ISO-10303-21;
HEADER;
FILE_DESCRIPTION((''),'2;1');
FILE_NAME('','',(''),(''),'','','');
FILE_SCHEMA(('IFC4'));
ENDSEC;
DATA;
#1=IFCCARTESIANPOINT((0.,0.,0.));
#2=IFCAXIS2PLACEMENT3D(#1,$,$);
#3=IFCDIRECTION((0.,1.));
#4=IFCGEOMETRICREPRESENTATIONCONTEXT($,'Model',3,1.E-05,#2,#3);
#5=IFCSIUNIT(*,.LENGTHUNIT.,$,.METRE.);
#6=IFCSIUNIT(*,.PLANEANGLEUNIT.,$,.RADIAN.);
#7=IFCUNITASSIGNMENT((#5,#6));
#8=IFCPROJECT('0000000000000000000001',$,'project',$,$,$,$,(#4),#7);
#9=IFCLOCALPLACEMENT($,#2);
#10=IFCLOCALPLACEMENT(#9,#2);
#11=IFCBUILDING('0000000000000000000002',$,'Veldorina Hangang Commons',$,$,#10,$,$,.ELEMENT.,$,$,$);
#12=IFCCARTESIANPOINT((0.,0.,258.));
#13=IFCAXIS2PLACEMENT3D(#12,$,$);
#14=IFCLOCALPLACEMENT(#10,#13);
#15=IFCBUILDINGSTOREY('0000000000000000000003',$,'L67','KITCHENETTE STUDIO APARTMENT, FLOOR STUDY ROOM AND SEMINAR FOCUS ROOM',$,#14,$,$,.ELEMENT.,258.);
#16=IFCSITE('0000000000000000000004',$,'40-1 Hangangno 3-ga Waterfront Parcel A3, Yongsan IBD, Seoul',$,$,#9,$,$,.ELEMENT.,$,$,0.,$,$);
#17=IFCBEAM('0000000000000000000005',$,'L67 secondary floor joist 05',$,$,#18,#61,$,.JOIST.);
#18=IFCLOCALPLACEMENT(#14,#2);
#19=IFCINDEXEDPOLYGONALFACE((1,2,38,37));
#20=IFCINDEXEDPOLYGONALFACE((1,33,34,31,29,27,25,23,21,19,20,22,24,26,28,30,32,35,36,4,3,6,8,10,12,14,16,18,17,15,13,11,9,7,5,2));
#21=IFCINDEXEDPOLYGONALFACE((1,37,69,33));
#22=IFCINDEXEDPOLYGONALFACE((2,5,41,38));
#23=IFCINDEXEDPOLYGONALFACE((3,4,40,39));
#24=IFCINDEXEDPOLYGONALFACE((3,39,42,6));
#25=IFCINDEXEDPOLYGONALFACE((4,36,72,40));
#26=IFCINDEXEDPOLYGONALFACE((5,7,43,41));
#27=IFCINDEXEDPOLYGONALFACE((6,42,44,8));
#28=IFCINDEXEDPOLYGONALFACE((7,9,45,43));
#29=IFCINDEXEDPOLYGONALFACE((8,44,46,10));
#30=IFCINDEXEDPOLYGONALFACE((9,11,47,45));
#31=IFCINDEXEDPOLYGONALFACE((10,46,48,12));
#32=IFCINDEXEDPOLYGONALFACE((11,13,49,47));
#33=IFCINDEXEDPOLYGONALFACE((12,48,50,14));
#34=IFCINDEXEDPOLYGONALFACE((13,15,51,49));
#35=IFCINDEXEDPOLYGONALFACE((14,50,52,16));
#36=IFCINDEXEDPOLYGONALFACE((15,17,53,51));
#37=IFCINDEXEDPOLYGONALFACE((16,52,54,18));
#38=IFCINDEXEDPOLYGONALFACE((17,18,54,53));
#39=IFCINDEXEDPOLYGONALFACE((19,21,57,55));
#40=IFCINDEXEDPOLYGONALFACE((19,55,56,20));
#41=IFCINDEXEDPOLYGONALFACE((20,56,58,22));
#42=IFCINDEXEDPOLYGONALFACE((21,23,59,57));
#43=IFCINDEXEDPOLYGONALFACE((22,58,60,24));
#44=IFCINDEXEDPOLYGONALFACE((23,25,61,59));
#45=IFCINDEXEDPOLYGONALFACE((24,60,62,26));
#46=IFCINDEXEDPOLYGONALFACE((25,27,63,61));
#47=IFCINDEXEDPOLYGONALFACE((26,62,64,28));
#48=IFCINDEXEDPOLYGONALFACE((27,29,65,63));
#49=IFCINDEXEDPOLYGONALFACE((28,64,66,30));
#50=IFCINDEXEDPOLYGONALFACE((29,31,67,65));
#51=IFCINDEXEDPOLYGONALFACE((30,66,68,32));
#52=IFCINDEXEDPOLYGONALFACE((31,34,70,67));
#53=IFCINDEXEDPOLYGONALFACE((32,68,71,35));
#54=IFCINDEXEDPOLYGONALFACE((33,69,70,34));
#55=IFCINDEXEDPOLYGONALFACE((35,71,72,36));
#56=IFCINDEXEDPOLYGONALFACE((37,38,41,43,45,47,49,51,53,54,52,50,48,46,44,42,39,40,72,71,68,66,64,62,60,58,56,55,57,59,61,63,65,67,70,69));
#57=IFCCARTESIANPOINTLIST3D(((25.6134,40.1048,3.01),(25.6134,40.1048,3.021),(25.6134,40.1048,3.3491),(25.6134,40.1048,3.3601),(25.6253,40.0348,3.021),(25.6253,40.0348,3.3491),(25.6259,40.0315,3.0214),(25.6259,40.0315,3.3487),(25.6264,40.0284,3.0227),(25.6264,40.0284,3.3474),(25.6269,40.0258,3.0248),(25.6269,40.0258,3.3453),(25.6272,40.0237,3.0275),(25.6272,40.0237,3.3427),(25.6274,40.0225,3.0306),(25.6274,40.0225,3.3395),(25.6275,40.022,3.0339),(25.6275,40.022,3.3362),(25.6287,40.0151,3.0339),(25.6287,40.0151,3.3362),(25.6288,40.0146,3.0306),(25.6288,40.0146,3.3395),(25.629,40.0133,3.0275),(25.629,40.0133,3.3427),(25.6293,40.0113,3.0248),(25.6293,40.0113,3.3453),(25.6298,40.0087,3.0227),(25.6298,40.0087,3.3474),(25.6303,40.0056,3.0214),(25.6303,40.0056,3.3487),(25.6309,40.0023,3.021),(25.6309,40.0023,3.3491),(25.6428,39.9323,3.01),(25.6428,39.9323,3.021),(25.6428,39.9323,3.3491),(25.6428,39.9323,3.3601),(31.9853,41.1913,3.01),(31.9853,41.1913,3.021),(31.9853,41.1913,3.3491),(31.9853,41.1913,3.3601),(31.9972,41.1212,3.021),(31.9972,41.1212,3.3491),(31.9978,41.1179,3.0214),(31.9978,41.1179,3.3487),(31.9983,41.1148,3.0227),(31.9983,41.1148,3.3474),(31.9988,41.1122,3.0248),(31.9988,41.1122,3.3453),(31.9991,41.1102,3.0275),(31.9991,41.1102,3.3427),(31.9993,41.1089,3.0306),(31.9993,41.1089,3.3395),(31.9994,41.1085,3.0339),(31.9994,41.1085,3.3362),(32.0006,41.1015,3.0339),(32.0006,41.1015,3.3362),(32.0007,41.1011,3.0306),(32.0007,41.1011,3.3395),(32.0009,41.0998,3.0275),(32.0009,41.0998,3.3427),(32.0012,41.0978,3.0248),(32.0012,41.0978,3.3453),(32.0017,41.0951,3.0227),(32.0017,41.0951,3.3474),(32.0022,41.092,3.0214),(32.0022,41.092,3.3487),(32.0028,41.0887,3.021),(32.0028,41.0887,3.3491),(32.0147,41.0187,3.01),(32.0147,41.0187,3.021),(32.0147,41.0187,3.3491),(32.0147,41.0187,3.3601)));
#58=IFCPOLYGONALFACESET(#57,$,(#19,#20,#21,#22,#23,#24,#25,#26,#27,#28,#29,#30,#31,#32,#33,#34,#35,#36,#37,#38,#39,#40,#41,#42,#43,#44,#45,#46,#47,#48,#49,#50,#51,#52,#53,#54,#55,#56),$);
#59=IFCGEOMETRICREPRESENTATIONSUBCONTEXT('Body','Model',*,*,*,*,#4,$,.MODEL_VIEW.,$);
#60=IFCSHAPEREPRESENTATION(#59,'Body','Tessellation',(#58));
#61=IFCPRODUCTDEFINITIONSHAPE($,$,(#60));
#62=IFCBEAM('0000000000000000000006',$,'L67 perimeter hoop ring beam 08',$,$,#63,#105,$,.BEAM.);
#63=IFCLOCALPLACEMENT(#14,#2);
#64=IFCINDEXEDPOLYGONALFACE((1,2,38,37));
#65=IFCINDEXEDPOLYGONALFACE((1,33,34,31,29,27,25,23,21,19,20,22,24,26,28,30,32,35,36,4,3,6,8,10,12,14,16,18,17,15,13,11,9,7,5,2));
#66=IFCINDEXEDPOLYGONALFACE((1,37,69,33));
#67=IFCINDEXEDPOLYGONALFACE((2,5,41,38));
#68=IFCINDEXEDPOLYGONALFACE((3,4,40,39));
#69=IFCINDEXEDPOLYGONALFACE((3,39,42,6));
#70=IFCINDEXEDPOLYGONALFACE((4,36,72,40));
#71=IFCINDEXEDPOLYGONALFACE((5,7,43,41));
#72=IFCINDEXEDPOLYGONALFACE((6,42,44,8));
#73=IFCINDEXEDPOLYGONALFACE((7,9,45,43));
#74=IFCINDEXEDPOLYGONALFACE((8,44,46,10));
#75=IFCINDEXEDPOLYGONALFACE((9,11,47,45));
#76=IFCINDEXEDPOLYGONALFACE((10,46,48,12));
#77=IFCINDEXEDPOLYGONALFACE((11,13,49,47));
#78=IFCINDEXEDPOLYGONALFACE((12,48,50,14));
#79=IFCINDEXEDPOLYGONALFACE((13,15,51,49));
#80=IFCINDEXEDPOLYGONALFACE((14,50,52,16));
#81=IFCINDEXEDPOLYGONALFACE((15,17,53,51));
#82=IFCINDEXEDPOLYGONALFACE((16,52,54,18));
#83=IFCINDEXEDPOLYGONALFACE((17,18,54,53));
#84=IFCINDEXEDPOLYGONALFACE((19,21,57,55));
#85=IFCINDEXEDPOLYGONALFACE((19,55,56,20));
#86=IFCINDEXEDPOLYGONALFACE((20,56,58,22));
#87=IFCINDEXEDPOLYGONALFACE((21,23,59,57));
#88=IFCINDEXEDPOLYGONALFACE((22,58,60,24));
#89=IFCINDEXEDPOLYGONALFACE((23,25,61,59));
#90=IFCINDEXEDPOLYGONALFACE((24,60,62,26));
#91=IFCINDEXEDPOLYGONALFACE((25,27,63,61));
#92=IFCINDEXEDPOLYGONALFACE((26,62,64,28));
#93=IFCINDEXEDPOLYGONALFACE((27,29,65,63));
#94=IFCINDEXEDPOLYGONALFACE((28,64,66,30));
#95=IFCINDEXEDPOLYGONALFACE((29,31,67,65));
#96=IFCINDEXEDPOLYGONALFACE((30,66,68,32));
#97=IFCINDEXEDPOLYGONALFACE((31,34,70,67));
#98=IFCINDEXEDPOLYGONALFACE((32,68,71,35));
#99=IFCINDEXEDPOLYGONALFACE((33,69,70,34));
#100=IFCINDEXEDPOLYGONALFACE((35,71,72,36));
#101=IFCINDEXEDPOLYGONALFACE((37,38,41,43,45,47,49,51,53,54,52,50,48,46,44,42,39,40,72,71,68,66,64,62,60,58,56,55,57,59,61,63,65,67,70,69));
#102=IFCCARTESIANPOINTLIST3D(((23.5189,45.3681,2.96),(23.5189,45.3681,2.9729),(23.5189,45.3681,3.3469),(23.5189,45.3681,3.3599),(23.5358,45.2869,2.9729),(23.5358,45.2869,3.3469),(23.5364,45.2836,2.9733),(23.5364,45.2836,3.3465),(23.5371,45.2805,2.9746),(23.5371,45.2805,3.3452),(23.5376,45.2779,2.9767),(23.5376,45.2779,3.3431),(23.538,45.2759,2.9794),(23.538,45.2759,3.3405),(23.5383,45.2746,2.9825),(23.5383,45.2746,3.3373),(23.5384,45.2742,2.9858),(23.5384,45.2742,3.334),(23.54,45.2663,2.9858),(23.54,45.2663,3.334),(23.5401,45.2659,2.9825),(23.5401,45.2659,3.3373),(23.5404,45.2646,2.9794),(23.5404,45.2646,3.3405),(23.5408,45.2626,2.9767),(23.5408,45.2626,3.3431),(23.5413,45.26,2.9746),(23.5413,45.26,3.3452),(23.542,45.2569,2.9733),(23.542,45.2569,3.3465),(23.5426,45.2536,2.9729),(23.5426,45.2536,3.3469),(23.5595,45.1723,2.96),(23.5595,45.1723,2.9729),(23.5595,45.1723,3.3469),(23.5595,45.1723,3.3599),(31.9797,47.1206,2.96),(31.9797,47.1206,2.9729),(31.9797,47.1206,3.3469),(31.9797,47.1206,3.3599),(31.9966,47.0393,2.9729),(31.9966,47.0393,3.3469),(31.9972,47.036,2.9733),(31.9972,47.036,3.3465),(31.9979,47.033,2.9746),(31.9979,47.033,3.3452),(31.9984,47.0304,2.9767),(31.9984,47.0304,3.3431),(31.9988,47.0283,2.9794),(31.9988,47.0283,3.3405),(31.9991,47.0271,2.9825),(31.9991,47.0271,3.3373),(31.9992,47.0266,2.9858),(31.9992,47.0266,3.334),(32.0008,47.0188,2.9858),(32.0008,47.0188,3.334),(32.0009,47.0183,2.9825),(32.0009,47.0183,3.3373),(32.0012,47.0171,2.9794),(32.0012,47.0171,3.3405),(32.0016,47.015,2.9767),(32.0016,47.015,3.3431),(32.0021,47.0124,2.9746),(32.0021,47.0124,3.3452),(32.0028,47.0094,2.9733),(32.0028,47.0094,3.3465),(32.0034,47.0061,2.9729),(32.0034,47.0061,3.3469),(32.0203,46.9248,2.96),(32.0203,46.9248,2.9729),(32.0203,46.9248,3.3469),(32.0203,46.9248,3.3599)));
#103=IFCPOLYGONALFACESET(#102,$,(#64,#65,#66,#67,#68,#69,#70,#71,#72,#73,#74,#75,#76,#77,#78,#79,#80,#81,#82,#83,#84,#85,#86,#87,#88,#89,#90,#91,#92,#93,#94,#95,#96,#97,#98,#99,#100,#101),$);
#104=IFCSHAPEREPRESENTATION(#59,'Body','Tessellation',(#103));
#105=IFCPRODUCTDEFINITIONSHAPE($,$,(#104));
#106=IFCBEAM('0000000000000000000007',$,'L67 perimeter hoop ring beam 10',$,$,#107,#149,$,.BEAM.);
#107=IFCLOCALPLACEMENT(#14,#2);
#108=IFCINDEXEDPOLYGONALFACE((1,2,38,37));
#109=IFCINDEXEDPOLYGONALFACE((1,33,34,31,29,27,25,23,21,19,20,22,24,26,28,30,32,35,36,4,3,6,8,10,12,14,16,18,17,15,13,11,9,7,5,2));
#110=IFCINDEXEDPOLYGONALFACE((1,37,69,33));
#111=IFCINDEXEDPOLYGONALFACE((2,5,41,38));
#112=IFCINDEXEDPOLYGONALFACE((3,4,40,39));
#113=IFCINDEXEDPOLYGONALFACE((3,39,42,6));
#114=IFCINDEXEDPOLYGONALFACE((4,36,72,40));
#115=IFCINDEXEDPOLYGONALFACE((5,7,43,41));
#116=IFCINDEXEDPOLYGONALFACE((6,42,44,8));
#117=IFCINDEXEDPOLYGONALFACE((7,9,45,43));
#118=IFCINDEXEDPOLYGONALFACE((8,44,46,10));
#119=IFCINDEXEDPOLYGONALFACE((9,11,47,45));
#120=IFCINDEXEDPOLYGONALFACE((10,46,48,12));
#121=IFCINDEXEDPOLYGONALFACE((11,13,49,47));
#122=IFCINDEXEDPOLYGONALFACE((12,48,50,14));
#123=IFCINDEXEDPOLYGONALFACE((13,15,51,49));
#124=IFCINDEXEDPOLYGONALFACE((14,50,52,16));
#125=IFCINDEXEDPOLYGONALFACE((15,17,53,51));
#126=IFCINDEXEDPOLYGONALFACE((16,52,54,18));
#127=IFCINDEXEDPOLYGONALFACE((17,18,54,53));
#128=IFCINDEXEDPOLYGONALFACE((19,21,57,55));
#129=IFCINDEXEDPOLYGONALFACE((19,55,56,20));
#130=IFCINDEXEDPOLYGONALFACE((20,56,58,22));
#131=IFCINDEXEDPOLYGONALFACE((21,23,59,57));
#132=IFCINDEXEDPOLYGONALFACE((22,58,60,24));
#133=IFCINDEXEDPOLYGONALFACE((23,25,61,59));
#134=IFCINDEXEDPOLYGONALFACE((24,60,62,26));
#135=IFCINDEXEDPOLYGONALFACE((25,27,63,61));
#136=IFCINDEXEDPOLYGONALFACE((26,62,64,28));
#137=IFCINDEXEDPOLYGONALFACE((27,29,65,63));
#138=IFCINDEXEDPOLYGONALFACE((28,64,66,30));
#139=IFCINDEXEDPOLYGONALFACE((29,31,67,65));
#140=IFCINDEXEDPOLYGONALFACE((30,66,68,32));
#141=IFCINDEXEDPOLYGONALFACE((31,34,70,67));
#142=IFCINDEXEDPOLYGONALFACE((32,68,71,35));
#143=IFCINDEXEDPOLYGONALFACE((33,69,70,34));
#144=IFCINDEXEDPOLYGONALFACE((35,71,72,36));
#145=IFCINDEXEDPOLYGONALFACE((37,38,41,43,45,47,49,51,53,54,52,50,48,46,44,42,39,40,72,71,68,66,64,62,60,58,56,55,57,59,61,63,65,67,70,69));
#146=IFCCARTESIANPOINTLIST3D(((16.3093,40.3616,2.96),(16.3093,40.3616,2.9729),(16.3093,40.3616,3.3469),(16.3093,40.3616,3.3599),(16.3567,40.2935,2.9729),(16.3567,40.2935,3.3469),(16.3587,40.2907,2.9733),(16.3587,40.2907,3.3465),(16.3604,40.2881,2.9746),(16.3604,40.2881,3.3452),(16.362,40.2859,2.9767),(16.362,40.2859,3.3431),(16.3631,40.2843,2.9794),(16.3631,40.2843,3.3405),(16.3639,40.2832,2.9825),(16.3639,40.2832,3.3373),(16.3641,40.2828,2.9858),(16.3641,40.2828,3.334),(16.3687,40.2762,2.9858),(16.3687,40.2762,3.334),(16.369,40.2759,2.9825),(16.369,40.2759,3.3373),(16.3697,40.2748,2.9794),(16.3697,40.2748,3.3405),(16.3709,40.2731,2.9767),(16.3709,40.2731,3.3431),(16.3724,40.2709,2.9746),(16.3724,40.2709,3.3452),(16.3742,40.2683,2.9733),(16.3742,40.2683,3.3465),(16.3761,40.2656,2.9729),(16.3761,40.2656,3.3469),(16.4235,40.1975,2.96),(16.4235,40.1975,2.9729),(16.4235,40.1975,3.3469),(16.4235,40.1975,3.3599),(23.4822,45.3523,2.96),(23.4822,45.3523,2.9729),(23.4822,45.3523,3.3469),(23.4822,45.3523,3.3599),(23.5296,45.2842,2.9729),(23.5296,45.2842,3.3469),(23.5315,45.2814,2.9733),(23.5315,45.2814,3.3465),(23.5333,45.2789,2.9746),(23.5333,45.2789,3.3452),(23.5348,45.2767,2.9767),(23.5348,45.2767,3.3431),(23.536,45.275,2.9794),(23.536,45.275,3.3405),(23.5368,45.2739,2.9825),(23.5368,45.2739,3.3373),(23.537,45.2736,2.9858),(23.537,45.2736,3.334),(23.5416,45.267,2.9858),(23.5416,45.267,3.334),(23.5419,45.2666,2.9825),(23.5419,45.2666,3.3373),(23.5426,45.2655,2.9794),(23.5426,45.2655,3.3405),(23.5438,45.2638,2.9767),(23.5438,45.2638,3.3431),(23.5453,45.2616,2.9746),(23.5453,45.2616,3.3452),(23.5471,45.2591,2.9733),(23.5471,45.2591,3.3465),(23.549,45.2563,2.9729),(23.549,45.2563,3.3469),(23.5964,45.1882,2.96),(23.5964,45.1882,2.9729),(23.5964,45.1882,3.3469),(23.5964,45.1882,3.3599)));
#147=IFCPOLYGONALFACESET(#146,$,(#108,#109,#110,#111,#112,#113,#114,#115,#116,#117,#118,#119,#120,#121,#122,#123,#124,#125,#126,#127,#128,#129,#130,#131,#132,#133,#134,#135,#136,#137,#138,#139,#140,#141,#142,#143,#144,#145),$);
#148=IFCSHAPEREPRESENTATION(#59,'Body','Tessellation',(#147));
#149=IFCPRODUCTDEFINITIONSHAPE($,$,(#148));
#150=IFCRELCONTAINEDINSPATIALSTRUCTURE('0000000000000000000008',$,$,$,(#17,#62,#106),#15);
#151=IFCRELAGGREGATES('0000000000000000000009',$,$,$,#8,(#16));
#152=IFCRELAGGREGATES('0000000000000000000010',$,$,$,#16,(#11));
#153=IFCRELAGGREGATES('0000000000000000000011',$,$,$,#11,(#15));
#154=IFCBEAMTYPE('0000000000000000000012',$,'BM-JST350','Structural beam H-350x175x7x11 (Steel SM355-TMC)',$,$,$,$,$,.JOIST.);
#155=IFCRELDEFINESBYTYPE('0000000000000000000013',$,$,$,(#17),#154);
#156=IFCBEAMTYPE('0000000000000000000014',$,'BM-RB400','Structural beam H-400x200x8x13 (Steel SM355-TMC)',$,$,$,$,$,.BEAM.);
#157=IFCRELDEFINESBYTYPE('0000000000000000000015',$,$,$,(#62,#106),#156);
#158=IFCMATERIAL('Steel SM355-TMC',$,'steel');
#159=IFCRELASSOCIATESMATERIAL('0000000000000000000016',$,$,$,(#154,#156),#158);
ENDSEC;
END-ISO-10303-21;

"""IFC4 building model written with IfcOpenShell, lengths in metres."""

from ifc_helpers import new_model, si_unit, direction, frame, origin, origin_2d, place, context, subcontext, project, spatial, i_section, extrude, material, material_profile, profile_set, type_object, element, save


model = new_model("IFC4")

# Units and contexts
model_context = context("Model", 3, precision=1e-05, world=origin(), true_north=direction((0.0, 1.0)))
body_context = subcontext(model_context, "Body", "Model", "MODEL_VIEW")
ifc_project = project(units=[si_unit("LENGTHUNIT", "METRE"), si_unit("PLANEANGLEUNIT", "RADIAN")], contexts=[model_context])

# Site, building, storey
site_placement = place(None, origin())
site = spatial("IfcSite", under=ifc_project, at=site_placement, Name="40-1 Hangangno 3-ga Waterfront Parcel A3, Yongsan IBD, Seoul", CompositionType="ELEMENT", RefElevation=0.0)
building_placement = place(site_placement, origin())
building = spatial("IfcBuilding", under=site, at=building_placement, Name="Veldorina Hangang Commons", CompositionType="ELEMENT")
storey_placement = place(building_placement, frame((0.0, 0.0, 258.0)))
storey = spatial("IfcBuildingStorey", under=building, at=storey_placement, Name="L67", Description="KITCHENETTE STUDIO APARTMENT, FLOOR STUDY ROOM AND SEMINAR FOCUS ROOM", CompositionType="ELEMENT", Elevation=258.0)

# Beams
ifc_material_1 = material(Name="Steel SM355-TMC", Category="steel")
ifc_material_profile_1 = material_profile(ifc_material_1, i_section(OverallWidth=0.175, OverallDepth=0.3501, WebThickness=0.0071, FlangeThickness=0.011, FilletRadius=0.0129, at=origin_2d()), Name="H-350x175x7x11")
ifc_profile_set_1 = profile_set([ifc_material_profile_1], Name="Steel SM355-TMC")
beam_type_1 = type_object("IfcBeamType", Name="BM-JST350", Description="Structural beam H-350x175x7x11 (Steel SM355-TMC)", PredefinedType="JOIST", material=ifc_profile_set_1)
beam_1_placement = place(storey_placement, frame((32.0, 41.105, 3.1851), z_axis=(-0.985774, -0.168079, 0.0), x_axis=(0.168079, -0.985774, 0.0)))
element("IfcBeam", 1, at=beam_1_placement, inside=storey, type_object=beam_type_1, Name="L67 secondary floor joist 05", PredefinedType="JOIST", context=body_context, shape_type="SweptSolid", body=[
    extrude(i_section(OverallWidth=0.175, OverallDepth=0.3501, WebThickness=0.0071, FlangeThickness=0.011, FilletRadius=0.0129, at=origin_2d()), origin(), (0.0, 0.0, 1.0), 6.4639),
])
ifc_material_profile_2 = material_profile(ifc_material_1, i_section(OverallWidth=0.2, OverallDepth=0.3999, WebThickness=0.0081, FlangeThickness=0.0129, FilletRadius=0.0129, at=origin_2d()), Name="H-400x200x8x13")
ifc_profile_set_2 = profile_set([ifc_material_profile_2], Name="Steel SM355-TMC")
beam_type_2 = type_object("IfcBeamType", Name="BM-RB400", Description="Structural beam H-400x200x8x13 (Steel SM355-TMC)", PredefinedType="BEAM", material=ifc_profile_set_2)
beam_2_placement = place(storey_placement, frame((32.0, 47.0227, 3.1599), z_axis=(-0.979216, -0.202822, 0.0), x_axis=(0.202822, -0.979216, 0.0)))
element("IfcBeam", 2, at=beam_2_placement, inside=storey, type_object=beam_type_2, Name="L67 perimeter hoop ring beam 08", PredefinedType="BEAM", context=body_context, shape_type="SweptSolid", body=[
    extrude(i_section(OverallWidth=0.2, OverallDepth=0.3999, WebThickness=0.0081, FlangeThickness=0.0129, FilletRadius=0.0129, at=origin_2d()), origin(), (0.0, 0.0, 1.0), 8.6404),
])
beam_3_placement = place(storey_placement, frame((23.5393, 45.2703, 3.1599), z_axis=(-0.820856, -0.571135, 0.0), x_axis=(0.571135, -0.820856, 0.0)))
element("IfcBeam", 3, at=beam_3_placement, inside=storey, type_object=beam_type_2, Name="L67 perimeter hoop ring beam 10", PredefinedType="BEAM", context=body_context, shape_type="SweptSolid", body=[
    extrude(i_section(OverallWidth=0.2, OverallDepth=0.3999, WebThickness=0.0081, FlangeThickness=0.0129, FilletRadius=0.0129, at=origin_2d()), origin(), (0.0, 0.0, 1.0), 8.7383),
])

save(model, "model.ifc")
